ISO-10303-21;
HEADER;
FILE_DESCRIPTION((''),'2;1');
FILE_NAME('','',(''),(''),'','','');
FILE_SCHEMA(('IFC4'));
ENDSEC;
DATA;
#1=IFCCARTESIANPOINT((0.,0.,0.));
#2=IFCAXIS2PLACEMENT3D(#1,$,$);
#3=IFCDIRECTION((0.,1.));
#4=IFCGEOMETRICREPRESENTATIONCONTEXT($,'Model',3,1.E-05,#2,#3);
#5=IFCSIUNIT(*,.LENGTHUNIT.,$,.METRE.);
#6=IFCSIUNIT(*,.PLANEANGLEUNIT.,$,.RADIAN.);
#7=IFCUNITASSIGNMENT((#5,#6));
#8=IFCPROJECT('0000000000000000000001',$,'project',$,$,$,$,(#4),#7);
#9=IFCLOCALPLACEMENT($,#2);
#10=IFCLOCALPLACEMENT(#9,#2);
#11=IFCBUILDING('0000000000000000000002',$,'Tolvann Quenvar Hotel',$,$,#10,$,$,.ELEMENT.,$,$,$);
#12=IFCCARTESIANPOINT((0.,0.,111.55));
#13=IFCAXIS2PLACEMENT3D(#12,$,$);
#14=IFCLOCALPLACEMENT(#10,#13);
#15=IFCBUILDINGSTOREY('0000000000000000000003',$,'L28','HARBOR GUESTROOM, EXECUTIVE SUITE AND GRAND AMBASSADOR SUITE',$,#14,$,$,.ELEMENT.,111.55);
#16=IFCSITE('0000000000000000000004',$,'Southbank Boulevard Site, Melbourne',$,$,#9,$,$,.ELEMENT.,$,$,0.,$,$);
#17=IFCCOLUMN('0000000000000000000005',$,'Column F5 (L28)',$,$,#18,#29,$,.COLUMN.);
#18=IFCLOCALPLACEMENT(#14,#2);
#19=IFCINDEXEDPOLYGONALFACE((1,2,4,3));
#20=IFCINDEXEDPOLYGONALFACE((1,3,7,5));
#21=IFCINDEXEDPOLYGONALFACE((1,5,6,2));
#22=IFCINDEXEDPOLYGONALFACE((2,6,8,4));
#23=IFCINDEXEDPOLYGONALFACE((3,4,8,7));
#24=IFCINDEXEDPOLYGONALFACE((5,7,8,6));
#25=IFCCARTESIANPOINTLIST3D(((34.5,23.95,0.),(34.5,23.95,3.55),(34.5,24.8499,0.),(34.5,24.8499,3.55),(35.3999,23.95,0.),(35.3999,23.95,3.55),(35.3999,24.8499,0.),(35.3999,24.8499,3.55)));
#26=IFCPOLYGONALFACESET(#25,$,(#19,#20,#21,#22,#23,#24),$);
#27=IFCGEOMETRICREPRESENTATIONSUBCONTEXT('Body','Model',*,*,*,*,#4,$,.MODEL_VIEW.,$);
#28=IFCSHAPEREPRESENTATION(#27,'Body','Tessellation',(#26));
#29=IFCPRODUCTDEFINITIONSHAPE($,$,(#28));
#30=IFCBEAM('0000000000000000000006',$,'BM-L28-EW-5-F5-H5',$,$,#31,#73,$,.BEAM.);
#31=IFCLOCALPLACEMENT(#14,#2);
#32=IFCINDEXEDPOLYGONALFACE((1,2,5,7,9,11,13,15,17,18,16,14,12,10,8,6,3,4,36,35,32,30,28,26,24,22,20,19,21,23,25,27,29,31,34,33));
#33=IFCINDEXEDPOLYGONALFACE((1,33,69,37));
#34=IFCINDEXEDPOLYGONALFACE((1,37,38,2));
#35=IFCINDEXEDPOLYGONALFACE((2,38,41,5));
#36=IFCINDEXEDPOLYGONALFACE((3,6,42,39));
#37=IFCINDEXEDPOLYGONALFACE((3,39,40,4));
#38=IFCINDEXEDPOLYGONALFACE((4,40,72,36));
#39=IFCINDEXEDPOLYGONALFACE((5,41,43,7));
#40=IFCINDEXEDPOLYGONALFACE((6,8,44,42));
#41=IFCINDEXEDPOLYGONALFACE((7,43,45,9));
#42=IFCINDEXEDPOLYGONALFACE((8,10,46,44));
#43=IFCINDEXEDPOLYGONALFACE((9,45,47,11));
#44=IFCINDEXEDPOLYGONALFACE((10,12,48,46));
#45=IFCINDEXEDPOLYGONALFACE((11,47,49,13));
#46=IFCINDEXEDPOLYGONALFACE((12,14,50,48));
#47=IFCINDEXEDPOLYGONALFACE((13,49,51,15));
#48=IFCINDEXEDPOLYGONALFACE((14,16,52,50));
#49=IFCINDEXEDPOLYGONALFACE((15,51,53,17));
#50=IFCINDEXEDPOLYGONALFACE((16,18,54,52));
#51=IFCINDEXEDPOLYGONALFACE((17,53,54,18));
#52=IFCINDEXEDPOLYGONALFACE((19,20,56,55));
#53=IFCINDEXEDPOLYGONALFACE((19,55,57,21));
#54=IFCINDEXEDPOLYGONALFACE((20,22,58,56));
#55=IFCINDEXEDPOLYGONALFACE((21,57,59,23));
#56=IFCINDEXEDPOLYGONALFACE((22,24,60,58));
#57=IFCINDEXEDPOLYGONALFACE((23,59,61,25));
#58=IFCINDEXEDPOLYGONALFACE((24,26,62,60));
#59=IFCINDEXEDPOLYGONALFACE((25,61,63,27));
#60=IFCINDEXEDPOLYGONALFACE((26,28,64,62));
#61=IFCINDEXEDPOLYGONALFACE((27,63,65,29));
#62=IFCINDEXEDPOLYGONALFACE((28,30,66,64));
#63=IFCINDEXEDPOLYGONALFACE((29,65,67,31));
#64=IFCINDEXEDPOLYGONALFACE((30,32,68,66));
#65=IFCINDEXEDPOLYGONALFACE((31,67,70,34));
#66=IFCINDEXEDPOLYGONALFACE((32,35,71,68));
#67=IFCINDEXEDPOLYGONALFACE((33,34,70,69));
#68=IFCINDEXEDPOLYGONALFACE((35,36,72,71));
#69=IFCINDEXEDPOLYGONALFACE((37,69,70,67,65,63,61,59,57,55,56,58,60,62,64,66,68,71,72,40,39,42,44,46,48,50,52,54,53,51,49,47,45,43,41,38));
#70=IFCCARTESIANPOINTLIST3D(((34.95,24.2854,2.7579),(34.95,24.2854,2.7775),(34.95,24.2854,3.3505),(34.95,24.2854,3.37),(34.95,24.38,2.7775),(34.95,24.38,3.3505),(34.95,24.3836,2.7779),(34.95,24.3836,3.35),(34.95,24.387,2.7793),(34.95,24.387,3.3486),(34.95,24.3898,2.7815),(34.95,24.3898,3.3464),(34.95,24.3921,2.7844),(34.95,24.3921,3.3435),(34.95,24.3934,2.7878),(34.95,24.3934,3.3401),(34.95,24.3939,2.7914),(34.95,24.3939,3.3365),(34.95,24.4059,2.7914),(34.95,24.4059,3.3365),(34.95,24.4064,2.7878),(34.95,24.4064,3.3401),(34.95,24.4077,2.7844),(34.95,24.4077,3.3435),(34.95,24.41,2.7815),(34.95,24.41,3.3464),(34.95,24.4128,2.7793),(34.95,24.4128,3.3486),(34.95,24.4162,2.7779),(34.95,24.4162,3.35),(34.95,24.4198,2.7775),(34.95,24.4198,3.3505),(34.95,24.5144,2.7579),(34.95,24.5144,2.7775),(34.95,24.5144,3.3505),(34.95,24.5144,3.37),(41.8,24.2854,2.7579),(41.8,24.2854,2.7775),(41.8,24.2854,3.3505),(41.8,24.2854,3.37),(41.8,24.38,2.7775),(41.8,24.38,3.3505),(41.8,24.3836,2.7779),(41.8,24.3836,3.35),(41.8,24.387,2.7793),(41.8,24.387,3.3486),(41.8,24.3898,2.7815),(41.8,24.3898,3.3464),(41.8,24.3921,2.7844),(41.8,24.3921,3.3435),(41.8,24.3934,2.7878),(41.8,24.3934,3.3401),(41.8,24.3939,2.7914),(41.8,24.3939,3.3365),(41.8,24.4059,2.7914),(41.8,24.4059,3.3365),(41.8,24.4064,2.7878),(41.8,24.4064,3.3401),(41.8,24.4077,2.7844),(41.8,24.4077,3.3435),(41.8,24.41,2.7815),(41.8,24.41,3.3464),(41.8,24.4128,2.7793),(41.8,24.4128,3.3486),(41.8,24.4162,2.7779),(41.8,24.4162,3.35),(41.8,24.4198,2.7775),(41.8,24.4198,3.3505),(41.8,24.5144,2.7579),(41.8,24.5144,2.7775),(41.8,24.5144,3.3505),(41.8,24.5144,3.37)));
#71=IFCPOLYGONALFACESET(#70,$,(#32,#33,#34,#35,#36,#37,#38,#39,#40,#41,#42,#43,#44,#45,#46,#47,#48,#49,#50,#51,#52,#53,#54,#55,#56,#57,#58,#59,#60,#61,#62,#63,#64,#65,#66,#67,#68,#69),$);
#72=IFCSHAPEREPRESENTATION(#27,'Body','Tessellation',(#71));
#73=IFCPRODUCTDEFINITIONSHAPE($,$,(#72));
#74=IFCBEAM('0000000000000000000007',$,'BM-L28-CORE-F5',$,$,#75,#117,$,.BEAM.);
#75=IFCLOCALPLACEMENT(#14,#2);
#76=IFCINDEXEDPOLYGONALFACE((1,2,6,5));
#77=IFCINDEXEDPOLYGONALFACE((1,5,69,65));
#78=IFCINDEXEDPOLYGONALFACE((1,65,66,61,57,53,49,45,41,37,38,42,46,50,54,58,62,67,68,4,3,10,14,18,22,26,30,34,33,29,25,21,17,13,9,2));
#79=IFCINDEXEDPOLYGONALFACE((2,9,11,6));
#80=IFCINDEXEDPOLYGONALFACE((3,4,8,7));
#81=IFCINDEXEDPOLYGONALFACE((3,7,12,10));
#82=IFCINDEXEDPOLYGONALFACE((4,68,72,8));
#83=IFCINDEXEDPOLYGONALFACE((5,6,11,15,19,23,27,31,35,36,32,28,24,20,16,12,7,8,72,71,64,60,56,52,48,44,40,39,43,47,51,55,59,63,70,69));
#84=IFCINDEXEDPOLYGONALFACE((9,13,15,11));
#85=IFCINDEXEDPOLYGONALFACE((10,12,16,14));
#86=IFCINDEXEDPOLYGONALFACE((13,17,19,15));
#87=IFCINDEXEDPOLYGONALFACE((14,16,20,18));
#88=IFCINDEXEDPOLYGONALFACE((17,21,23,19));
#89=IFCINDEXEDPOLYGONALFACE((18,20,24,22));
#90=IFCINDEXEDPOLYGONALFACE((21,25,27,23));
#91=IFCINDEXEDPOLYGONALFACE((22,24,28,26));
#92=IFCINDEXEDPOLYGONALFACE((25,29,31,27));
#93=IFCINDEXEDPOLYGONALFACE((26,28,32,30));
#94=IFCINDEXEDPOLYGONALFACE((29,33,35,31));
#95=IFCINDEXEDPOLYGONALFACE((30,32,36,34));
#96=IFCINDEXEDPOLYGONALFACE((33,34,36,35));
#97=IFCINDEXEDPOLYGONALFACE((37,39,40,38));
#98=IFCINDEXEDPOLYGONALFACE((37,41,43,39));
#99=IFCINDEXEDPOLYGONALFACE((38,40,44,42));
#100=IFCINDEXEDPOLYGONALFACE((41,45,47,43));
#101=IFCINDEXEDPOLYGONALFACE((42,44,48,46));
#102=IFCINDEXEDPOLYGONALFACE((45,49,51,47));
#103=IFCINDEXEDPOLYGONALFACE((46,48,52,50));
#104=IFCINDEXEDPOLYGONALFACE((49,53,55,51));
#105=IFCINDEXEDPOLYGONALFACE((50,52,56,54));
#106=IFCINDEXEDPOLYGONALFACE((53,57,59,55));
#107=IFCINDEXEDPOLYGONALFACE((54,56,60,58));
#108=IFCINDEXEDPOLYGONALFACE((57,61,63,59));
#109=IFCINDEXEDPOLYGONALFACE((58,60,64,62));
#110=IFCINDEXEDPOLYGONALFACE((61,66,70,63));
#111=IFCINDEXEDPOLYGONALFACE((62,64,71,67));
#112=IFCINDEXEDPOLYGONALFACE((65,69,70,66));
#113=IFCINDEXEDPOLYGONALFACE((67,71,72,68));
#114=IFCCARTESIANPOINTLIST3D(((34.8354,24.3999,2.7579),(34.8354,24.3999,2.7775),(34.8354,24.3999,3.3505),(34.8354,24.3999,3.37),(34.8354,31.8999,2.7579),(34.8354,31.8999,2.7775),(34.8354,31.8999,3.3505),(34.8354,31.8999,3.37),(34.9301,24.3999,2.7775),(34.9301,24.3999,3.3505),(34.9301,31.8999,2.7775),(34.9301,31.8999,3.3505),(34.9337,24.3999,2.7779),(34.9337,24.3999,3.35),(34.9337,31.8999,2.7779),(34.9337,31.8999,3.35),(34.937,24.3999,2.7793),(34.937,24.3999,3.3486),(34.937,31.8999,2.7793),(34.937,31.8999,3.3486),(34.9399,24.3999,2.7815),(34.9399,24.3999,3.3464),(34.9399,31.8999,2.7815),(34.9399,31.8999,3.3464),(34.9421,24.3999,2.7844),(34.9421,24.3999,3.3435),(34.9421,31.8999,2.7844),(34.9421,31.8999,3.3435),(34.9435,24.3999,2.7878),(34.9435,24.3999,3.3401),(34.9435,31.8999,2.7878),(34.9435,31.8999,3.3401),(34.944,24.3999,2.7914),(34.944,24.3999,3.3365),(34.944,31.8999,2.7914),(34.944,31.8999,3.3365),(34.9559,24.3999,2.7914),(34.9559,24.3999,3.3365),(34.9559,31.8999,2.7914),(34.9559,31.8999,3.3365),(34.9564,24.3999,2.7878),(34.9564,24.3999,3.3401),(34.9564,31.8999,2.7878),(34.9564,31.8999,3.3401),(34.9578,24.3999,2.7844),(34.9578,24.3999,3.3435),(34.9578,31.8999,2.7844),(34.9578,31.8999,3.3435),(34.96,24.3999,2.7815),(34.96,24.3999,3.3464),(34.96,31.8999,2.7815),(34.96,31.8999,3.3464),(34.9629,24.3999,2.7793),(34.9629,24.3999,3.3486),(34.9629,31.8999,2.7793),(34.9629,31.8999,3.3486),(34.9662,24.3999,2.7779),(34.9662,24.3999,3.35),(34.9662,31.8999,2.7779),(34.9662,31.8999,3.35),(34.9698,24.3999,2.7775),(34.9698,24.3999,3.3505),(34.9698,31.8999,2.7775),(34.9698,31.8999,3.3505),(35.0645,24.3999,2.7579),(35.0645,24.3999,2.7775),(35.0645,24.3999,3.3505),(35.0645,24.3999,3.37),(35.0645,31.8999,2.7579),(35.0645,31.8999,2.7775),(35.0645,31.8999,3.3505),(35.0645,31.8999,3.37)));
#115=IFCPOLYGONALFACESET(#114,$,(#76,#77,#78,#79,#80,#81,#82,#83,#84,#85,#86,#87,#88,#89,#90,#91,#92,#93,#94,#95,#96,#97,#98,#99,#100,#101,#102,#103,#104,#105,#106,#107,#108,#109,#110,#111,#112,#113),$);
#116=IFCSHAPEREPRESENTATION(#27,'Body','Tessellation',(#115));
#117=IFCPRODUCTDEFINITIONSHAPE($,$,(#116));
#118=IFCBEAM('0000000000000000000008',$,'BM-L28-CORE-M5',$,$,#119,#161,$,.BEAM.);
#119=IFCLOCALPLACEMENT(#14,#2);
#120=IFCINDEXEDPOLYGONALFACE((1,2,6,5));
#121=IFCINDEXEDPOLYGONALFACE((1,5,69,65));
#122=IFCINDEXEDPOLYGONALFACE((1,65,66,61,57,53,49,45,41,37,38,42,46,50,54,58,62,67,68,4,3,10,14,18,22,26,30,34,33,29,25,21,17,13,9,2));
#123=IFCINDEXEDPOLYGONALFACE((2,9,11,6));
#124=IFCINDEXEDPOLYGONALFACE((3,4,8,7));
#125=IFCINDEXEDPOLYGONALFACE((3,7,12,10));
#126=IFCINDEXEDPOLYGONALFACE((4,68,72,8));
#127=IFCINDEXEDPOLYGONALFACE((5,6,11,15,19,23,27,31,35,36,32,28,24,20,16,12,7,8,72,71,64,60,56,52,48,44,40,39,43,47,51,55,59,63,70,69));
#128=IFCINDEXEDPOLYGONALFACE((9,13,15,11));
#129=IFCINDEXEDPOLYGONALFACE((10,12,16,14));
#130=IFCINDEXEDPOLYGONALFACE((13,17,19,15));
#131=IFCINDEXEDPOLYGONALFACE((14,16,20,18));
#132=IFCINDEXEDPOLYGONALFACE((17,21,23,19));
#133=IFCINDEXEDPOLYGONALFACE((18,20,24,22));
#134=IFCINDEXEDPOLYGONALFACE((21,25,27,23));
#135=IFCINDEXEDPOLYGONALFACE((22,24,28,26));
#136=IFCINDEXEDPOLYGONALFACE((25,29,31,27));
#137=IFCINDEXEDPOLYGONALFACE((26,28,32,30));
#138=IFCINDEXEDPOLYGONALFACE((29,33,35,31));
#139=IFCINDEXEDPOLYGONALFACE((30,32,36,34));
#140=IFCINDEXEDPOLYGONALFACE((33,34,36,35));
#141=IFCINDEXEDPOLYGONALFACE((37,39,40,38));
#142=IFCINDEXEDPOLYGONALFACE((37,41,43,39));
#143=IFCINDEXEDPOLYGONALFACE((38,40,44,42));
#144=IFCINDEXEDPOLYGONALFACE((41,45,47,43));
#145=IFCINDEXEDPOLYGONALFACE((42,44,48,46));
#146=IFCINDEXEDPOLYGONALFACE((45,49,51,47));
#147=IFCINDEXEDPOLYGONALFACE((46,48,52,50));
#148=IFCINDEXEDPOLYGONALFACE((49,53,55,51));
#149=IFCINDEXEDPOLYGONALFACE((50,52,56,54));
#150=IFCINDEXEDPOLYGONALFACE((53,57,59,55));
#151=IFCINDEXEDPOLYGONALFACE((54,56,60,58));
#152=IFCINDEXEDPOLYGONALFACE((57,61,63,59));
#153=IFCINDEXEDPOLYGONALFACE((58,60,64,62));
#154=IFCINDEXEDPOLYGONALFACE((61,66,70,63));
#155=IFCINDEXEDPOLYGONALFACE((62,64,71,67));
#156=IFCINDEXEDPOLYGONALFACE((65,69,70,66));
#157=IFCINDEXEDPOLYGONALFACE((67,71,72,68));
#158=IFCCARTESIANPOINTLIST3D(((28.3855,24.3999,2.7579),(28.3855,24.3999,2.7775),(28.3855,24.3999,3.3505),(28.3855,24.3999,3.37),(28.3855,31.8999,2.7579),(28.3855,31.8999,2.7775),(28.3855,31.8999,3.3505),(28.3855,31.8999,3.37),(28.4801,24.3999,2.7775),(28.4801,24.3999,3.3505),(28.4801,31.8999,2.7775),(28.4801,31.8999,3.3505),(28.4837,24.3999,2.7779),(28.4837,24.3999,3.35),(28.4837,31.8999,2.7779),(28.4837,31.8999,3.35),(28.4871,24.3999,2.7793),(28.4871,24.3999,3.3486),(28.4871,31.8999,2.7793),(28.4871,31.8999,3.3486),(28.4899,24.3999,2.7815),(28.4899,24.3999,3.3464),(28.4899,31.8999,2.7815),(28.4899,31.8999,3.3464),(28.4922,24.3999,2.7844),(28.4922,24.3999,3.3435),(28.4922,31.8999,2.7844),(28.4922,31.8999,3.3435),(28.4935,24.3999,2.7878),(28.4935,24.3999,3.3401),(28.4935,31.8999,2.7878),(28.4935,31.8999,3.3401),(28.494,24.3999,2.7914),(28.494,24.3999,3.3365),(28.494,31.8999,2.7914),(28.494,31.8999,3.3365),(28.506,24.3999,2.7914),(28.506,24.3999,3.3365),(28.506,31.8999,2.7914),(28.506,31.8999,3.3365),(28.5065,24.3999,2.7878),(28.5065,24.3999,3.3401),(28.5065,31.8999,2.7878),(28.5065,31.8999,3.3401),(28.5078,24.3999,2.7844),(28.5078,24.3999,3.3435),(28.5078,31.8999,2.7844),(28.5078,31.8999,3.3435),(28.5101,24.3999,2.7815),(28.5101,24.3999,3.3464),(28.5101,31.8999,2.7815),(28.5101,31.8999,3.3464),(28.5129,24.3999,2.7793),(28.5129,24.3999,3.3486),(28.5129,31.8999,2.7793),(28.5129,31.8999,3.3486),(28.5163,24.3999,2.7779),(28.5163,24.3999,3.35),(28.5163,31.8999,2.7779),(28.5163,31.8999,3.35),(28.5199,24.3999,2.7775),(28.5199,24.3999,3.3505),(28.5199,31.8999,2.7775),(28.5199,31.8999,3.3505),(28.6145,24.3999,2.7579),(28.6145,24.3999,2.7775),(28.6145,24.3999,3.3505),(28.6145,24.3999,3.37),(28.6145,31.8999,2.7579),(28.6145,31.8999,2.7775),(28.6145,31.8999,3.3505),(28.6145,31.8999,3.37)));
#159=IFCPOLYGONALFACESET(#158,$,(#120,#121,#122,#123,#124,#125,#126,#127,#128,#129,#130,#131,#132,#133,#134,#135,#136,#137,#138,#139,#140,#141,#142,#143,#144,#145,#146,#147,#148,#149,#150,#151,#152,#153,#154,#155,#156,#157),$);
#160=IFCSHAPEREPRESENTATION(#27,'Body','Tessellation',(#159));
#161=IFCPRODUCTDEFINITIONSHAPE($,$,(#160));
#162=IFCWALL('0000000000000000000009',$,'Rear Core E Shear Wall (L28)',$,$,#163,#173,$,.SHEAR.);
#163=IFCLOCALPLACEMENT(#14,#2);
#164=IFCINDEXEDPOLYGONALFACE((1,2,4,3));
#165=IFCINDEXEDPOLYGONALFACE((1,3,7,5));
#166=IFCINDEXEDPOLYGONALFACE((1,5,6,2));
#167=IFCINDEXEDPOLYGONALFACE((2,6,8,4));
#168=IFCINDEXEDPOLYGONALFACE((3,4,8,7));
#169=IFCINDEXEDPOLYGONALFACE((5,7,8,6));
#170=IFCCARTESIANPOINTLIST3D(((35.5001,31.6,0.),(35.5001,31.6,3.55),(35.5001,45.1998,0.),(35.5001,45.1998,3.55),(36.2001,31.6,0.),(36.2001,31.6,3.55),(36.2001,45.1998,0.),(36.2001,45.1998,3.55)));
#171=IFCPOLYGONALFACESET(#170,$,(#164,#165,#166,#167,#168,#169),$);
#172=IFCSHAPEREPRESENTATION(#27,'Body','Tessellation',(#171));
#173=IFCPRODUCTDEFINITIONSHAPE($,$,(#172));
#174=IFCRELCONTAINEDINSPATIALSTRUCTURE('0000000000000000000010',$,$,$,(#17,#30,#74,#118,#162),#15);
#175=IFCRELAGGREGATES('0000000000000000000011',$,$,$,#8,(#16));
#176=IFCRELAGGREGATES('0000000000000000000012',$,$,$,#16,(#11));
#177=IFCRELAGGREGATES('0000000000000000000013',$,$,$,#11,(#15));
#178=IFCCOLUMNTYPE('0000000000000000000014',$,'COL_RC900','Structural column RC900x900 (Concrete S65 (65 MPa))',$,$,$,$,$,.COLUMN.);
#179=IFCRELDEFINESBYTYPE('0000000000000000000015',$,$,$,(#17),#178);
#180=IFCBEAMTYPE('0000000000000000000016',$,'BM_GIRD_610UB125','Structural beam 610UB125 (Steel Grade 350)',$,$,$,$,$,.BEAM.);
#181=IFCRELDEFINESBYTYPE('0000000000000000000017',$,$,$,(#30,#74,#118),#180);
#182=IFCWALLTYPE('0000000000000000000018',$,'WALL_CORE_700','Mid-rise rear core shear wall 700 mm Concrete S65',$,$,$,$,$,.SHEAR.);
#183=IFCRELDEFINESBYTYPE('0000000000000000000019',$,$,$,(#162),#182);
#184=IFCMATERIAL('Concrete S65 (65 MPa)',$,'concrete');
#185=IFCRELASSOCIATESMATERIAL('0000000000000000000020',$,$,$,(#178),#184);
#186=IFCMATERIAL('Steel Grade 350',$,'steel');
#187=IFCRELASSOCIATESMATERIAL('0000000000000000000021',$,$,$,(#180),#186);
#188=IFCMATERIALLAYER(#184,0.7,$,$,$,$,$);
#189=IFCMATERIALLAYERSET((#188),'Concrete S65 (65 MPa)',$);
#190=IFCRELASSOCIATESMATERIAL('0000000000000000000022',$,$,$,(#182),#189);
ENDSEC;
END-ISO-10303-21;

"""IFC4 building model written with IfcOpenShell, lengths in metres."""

from ifc_helpers import new_model, si_unit, direction, frame, frame_2d, origin, origin_2d, place, context, subcontext, project, spatial, rectangle, i_section, extrude, source, transform, mapped, material, layer, layer_set, material_profile, profile_set, type_object, type_shapes, element, save


model = new_model("IFC4")

# Units and contexts
model_context = context("Model", 3, precision=1e-05, world=origin(), true_north=direction((0.0, 1.0)))
body_context = subcontext(model_context, "Body", "Model", "MODEL_VIEW")
ifc_project = project(units=[si_unit("LENGTHUNIT", "METRE"), si_unit("PLANEANGLEUNIT", "RADIAN")], contexts=[model_context])

# Site, building, storey
site_placement = place(None, origin())
site = spatial("IfcSite", under=ifc_project, at=site_placement, Name="Southbank Boulevard Site, Melbourne", CompositionType="ELEMENT", RefElevation=0.0)
building_placement = place(site_placement, origin())
building = spatial("IfcBuilding", under=site, at=building_placement, Name="Tolvann Quenvar Hotel", CompositionType="ELEMENT")
storey_placement = place(building_placement, frame((0.0, 0.0, 111.55)))
storey = spatial("IfcBuildingStorey", under=building, at=storey_placement, Name="L28", Description="HARBOR GUESTROOM, EXECUTIVE SUITE AND GRAND AMBASSADOR SUITE", CompositionType="ELEMENT", Elevation=111.55)

# Column
ifc_material_1 = material(Name="Concrete S65 (65 MPa)", Category="concrete")
ifc_material_profile_1 = material_profile(ifc_material_1, rectangle(XDim=0.8999, YDim=0.8999, at=origin_2d()), Name="RC900x900")
ifc_profile_set_1 = profile_set([ifc_material_profile_1], Name="Concrete S65 (65 MPa)")
column_type = type_object("IfcColumnType", Name="COL_RC900", Description="Structural column RC900x900 (Concrete S65 (65 MPa))", PredefinedType="COLUMN", material=ifc_profile_set_1)
shared_shape_1 = source(origin(), body_context, "Body", "SweptSolid", [
    extrude(rectangle(XDim=0.8999, YDim=0.8999, at=origin_2d()), origin(), (0.0, 0.0, 1.0), 3.55),
])
type_shapes(column_type, [shared_shape_1])
column_placement = place(storey_placement, frame((34.95, 24.3999, 0.0), z_axis=(0.0, 0.0, 1.0), x_axis=(1.0, 0.0, 0.0)))
element("IfcColumn", 1, at=column_placement, inside=storey, type_object=column_type, Name="Column F5 (L28)", PredefinedType="COLUMN", context=body_context, shape_type="MappedRepresentation", body=[
    mapped(shared_shape_1, transform((0.0, 0.0, 0.0), x_axis=(1.0, 0.0, 0.0), y_axis=(0.0, 1.0, 0.0), z_axis=(0.0, 0.0, 1.0), scale=1.0)),
])

# Beams
ifc_material_2 = material(Name="Steel Grade 350", Category="steel")
ifc_material_profile_2 = material_profile(ifc_material_2, i_section(OverallWidth=0.229, OverallDepth=0.6121, WebThickness=0.012, FlangeThickness=0.0195, FilletRadius=0.0139, at=origin_2d()), Name="610UB125")
ifc_profile_set_2 = profile_set([ifc_material_profile_2], Name="Steel Grade 350")
beam_type = type_object("IfcBeamType", Name="BM_GIRD_610UB125", Description="Structural beam 610UB125 (Steel Grade 350)", PredefinedType="BEAM", material=ifc_profile_set_2)
shared_shape_2 = source(origin(), body_context, "Body", "SweptSolid", [
    extrude(i_section(OverallWidth=0.229, OverallDepth=0.6121, WebThickness=0.012, FlangeThickness=0.0195, FilletRadius=0.0139, at=origin_2d()), origin(), (0.0, 0.0, 1.0), 6.8501),
])
beam_placement = place(storey_placement, frame((34.95, 24.3999, 3.064), z_axis=(1.0, 0.0, 0.0), x_axis=(0.0, 1.0, 0.0)))
element("IfcBeam", 2, at=beam_placement, inside=storey, type_object=beam_type, Name="BM-L28-EW-5-F5-H5", PredefinedType="BEAM", context=body_context, shape_type="MappedRepresentation", body=[
    mapped(shared_shape_2, transform((0.0, 0.0, 0.0), x_axis=(1.0, 0.0, 0.0), y_axis=(0.0, 1.0, 0.0), z_axis=(0.0, 0.0, 1.0), scale=1.0)),
])
shared_shape_3 = source(origin(), body_context, "Body", "SweptSolid", [
    extrude(i_section(OverallWidth=0.229, OverallDepth=0.6121, WebThickness=0.012, FlangeThickness=0.0195, FilletRadius=0.0139, at=origin_2d()), origin(), (0.0, 0.0, 1.0), 7.5),
])
type_shapes(beam_type, [shared_shape_2, shared_shape_3])
for number, where, z_axis, x_axis, name in (
    (3, (34.95, 24.3999, 3.064), (0.0, 1.0, 0.0), (-1.0, 0.0, 0.0), "BM-L28-CORE-F5"),
    (4, (28.5, 24.3999, 3.064), (0.0, 1.0, 0.0), (-1.0, 0.0, 0.0), "BM-L28-CORE-M5"),
):
    element("IfcBeam", number, at=place(storey_placement, frame(where, z_axis=z_axis, x_axis=x_axis)), inside=storey, type_object=beam_type, Name=name, PredefinedType="BEAM", context=body_context, shape_type="MappedRepresentation", body=[
        mapped(shared_shape_3, transform((0.0, 0.0, 0.0), x_axis=(1.0, 0.0, 0.0), y_axis=(0.0, 1.0, 0.0), z_axis=(0.0, 0.0, 1.0), scale=1.0)),
    ])

# Wall
ifc_layer_1 = layer(ifc_material_1, 0.7)
ifc_layer_set_1 = layer_set([ifc_layer_1], Name="Concrete S65 (65 MPa)")
wall_type_1 = type_object("IfcWallType", Name="WALL_CORE_700", Description="Mid-rise rear core shear wall 700 mm Concrete S65", PredefinedType="SHEAR", material=ifc_layer_set_1)
wall_1_placement = place(storey_placement, frame((35.8501, 31.6001, 0.0), z_axis=(0.0, 0.0, 1.0), x_axis=(0.0, 1.0, 0.0)))
element("IfcWall", 5, at=wall_1_placement, inside=storey, type_object=wall_type_1, Name="Rear Core E Shear Wall (L28)", PredefinedType="SHEAR", context=body_context, shape_type="SweptSolid", body=[
    extrude(rectangle(XDim=13.5999, YDim=0.7, at=frame_2d((6.7998, 0.0))), origin(), (0.0, 0.0, 1.0), 3.55),
])

save(model, "model.ifc")
